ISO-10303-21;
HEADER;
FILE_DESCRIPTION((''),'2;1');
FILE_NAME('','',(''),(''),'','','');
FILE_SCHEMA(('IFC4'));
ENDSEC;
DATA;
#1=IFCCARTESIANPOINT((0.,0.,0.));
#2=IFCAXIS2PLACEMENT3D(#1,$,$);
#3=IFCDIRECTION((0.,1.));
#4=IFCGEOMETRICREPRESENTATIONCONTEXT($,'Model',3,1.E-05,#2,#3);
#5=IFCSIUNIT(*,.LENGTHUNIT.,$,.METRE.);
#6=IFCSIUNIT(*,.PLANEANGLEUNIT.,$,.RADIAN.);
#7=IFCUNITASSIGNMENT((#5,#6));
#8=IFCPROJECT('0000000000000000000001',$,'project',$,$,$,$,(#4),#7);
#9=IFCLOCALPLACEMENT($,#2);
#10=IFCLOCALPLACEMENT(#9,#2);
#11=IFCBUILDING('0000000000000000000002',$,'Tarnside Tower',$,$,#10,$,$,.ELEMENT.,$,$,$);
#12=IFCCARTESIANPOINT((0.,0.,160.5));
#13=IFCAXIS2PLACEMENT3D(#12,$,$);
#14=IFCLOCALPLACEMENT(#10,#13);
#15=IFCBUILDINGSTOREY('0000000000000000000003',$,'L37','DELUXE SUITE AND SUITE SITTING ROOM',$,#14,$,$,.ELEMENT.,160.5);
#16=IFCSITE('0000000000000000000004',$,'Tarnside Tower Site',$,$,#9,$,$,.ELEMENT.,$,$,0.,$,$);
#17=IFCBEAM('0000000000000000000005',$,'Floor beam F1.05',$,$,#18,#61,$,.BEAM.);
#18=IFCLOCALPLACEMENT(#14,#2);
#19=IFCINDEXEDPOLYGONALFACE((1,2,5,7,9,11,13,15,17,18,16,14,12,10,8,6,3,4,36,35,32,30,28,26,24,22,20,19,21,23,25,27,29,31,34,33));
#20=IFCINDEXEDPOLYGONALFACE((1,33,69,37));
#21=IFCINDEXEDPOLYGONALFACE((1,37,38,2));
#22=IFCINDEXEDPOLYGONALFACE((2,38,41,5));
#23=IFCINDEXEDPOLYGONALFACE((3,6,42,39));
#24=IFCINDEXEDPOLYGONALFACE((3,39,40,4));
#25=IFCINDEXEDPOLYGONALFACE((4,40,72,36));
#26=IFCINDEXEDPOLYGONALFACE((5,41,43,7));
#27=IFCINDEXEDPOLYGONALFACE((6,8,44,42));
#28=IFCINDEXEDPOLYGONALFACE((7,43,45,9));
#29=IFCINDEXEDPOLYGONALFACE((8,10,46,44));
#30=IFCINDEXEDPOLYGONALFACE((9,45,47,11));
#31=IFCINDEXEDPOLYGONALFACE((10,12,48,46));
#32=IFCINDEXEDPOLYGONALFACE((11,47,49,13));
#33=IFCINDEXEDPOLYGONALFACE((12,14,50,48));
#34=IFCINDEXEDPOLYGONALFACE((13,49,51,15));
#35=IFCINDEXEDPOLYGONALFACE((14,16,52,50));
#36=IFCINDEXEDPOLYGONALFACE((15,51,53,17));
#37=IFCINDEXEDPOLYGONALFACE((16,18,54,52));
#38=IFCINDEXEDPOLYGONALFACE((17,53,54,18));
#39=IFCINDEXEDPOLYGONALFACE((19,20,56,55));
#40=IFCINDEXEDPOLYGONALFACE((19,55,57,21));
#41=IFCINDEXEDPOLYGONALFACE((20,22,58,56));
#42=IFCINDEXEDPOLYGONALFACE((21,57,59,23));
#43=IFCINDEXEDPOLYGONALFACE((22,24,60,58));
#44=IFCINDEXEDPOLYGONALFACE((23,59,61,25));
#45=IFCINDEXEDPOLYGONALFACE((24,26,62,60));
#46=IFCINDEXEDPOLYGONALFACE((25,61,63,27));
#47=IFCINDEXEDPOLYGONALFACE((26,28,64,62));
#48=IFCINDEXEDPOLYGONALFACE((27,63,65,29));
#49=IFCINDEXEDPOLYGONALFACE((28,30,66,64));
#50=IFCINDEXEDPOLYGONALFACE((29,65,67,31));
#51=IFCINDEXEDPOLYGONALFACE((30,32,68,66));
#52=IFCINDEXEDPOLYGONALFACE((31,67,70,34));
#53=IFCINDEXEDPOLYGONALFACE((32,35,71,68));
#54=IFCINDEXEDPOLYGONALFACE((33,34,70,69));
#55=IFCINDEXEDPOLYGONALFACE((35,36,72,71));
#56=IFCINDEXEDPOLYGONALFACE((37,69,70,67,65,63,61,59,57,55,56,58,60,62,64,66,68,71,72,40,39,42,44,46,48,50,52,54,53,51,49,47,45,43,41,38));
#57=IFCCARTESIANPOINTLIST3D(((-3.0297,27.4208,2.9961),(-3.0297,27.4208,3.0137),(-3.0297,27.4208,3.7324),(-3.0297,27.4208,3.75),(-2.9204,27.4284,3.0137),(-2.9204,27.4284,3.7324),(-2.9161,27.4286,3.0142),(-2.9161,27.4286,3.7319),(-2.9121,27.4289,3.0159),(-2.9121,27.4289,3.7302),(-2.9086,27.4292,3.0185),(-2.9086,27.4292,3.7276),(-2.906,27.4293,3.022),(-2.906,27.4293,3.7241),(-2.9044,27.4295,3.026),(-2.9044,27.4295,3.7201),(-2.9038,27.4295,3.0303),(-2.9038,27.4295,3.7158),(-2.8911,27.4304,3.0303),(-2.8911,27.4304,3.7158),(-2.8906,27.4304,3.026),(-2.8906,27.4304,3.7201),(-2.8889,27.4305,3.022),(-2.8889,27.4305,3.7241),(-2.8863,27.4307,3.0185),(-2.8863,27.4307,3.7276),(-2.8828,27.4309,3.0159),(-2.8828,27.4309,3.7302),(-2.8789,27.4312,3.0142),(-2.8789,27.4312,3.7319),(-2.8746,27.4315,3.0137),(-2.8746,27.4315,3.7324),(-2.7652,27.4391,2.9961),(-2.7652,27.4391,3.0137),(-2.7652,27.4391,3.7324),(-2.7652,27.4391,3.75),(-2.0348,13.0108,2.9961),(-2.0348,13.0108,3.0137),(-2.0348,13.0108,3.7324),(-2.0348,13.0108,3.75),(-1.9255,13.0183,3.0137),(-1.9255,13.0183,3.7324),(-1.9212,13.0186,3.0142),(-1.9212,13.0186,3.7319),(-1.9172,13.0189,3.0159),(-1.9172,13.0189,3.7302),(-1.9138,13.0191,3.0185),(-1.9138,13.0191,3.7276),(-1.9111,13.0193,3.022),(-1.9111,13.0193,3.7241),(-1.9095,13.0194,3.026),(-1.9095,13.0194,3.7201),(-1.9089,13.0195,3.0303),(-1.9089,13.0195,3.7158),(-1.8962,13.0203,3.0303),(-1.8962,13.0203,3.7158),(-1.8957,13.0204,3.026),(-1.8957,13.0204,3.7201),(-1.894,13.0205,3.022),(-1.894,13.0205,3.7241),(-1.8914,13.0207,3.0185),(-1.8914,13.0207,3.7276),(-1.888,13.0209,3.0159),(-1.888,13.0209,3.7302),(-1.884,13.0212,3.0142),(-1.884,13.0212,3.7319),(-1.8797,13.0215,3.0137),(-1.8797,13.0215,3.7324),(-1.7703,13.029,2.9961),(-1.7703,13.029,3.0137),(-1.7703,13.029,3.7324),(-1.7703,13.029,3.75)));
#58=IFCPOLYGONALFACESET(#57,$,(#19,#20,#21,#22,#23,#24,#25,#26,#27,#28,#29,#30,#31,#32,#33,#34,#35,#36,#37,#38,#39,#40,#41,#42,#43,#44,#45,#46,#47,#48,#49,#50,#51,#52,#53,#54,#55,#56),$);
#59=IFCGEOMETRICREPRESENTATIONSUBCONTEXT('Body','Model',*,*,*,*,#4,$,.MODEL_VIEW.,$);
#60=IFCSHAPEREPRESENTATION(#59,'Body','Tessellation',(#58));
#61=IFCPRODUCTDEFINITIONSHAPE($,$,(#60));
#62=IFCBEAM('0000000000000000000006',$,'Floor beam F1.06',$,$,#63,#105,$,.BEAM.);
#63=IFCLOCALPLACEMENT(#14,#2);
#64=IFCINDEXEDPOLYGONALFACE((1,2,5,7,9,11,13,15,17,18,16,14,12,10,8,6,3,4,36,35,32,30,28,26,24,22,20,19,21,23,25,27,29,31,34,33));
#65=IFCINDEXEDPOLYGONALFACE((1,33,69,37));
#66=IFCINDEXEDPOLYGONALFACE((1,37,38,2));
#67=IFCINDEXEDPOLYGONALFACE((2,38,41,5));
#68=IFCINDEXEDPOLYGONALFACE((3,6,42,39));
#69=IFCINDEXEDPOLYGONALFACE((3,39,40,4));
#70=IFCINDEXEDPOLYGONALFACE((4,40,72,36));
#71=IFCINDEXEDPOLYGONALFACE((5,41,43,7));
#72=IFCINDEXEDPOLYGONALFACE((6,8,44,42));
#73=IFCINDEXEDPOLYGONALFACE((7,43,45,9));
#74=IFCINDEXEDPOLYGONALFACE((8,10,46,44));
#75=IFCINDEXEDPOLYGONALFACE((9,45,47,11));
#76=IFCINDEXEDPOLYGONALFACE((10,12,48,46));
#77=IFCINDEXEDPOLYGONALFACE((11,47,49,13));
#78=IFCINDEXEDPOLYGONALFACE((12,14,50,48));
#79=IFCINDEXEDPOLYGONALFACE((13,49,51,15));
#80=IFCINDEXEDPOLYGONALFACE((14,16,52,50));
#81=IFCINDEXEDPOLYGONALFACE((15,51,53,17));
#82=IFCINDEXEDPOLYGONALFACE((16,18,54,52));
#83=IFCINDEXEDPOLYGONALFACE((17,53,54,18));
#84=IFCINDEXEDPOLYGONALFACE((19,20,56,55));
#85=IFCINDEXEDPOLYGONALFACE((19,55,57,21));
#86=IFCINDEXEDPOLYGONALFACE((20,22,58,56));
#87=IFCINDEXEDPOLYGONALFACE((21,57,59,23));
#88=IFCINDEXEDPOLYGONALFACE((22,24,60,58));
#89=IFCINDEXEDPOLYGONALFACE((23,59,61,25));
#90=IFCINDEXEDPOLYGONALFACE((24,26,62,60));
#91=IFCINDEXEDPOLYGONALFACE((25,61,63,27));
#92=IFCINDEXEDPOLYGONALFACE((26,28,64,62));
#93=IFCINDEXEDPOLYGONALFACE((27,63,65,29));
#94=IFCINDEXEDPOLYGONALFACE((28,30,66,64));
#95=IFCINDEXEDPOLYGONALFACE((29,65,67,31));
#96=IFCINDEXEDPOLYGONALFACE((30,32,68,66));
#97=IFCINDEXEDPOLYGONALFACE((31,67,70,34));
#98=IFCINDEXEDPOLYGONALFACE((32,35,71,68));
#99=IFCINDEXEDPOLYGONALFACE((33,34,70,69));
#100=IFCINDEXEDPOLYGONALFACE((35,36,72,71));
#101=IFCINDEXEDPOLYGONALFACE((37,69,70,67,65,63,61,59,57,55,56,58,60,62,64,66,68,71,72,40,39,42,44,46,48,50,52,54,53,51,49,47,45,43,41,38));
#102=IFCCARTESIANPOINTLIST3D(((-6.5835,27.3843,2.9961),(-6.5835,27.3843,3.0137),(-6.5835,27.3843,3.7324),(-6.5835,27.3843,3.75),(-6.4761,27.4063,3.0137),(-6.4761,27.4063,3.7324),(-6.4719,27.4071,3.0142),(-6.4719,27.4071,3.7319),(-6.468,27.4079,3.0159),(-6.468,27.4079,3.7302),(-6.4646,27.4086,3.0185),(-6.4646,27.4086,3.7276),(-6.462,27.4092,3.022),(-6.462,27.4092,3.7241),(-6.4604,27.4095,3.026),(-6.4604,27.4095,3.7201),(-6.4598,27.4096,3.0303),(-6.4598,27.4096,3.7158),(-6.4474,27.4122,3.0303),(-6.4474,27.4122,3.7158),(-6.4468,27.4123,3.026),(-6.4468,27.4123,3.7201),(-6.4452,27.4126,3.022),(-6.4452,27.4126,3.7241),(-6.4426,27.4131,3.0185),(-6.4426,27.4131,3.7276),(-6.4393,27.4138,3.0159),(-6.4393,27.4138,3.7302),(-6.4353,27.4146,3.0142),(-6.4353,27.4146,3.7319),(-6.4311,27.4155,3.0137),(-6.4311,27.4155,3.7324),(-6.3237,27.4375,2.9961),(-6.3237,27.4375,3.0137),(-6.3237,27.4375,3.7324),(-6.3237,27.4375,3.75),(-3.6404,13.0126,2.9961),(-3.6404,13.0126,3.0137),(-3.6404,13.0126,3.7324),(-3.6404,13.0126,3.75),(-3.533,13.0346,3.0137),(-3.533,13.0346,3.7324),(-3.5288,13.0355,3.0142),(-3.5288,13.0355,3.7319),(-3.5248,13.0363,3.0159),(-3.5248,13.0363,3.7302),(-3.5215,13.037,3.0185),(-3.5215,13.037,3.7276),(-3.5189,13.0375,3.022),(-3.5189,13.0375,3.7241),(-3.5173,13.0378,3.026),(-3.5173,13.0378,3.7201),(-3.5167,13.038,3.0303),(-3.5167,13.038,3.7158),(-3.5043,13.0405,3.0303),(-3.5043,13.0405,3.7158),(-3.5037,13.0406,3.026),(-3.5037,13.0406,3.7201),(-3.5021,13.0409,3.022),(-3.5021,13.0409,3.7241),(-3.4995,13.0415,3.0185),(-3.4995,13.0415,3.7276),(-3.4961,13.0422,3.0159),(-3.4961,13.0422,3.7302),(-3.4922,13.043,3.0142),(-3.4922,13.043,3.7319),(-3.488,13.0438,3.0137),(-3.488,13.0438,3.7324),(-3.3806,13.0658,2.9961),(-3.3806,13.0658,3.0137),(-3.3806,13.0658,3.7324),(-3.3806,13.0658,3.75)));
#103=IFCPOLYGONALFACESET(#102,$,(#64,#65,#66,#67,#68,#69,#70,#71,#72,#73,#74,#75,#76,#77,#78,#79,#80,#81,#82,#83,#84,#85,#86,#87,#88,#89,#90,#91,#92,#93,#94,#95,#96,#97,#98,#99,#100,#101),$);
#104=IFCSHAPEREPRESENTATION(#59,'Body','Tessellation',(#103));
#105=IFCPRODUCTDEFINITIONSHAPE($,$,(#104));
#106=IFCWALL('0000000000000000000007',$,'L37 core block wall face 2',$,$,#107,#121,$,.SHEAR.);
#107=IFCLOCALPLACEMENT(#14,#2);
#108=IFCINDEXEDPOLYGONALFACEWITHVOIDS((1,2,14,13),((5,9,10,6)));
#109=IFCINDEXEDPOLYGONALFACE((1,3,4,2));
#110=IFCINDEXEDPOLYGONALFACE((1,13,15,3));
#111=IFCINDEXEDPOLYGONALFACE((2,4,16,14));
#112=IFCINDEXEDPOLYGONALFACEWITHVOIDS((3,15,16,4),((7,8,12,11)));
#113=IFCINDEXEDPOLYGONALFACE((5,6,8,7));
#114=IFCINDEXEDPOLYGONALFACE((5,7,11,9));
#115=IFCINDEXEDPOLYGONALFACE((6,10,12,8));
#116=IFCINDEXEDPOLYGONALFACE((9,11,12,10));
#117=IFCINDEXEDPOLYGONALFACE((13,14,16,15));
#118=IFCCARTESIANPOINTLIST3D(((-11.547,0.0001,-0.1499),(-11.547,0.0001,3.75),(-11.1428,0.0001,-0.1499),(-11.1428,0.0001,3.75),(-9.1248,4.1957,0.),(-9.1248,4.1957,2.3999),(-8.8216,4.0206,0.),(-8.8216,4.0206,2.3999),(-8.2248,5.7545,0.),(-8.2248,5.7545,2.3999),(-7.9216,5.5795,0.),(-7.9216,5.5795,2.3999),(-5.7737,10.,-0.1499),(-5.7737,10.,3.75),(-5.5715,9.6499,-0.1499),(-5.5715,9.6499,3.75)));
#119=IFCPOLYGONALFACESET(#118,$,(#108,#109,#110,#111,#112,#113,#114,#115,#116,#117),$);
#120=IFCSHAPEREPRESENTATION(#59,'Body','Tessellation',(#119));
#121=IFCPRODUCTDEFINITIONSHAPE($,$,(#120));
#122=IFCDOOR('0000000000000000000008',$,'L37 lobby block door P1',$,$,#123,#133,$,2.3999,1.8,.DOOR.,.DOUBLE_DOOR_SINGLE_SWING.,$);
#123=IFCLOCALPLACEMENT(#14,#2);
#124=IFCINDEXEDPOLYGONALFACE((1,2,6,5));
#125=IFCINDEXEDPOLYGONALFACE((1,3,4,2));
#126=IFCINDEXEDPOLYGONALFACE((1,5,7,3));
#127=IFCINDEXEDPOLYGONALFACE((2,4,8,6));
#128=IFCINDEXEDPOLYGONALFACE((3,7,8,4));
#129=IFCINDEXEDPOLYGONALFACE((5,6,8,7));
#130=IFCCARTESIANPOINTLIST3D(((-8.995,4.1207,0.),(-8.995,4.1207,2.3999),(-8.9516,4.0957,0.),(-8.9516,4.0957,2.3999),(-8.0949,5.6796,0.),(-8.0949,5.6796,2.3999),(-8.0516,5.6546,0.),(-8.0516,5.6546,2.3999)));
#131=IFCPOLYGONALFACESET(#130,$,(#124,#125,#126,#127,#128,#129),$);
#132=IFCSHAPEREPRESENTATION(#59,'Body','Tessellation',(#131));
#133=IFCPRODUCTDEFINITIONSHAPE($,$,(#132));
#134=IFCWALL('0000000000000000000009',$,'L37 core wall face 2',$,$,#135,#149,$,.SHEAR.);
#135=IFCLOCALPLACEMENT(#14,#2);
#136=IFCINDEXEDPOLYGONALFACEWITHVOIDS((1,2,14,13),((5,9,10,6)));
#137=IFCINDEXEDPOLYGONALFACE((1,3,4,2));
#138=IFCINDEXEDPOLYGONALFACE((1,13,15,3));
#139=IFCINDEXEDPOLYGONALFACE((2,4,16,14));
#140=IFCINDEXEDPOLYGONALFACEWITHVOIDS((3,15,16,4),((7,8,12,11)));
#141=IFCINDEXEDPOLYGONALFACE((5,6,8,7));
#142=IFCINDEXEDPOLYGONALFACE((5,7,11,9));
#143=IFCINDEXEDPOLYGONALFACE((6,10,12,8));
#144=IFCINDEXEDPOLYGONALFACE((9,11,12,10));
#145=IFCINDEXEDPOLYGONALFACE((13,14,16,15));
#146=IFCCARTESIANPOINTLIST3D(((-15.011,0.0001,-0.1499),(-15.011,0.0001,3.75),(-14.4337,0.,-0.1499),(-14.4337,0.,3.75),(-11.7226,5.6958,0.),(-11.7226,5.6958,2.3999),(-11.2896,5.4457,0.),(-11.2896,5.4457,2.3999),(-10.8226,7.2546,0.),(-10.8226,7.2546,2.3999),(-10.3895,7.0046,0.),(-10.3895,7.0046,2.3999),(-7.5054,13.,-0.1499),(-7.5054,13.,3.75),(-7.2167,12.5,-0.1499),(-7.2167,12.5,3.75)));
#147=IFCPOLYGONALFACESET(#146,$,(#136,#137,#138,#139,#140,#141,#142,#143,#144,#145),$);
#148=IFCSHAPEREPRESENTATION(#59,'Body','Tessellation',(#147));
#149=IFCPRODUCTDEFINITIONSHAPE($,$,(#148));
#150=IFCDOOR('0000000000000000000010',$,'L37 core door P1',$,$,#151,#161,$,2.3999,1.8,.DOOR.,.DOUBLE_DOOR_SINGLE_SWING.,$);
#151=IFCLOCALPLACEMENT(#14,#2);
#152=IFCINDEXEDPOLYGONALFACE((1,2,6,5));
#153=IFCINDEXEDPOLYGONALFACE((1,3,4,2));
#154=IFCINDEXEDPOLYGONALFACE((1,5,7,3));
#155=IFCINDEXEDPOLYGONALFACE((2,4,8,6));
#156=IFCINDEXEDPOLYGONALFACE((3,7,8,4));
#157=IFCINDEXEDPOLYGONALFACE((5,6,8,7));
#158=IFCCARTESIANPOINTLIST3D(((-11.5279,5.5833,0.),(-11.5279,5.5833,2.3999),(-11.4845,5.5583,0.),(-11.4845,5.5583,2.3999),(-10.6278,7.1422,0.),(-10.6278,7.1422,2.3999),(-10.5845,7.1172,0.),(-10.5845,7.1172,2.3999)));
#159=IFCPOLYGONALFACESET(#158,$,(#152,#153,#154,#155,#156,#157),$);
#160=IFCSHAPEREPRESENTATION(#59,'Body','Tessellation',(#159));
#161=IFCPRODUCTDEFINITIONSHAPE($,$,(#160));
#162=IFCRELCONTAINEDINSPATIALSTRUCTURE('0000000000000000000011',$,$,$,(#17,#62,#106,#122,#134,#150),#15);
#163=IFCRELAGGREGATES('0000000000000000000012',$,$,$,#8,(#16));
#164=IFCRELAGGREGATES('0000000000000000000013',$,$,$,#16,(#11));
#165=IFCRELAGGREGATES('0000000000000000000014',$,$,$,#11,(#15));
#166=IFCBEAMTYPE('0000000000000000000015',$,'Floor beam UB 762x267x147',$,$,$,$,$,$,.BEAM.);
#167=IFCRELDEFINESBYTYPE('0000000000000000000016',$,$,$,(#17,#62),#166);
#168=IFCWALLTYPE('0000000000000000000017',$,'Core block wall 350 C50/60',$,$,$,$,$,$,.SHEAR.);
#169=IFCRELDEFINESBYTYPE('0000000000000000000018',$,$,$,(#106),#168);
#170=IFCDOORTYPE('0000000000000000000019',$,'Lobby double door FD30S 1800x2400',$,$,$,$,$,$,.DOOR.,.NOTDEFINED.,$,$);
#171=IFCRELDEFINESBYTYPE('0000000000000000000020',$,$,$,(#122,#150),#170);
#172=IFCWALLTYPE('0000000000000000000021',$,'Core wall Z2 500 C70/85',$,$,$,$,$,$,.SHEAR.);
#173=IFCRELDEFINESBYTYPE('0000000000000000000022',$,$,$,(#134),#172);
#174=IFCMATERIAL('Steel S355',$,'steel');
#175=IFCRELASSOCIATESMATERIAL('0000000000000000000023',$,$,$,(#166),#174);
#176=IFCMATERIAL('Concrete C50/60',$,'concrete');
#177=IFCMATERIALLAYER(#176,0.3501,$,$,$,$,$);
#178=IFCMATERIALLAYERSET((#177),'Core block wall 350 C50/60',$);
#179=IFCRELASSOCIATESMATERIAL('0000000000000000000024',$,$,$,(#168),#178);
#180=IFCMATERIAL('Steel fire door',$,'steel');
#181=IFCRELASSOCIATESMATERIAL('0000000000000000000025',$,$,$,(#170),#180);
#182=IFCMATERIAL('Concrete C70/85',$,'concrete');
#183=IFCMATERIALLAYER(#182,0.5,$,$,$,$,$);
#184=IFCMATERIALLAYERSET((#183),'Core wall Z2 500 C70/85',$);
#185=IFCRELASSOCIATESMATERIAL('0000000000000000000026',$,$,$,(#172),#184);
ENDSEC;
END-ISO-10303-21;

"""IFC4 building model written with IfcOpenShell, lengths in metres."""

from ifc_helpers import new_model, si_unit, direction, frame, frame_2d, origin, origin_2d, place, context, subcontext, project, spatial, polyline, rectangle, i_section, outline, extrude, material, layer, layer_set, material_profile, profile_set, type_object, element, fill, save


model = new_model("IFC4")

# Units and contexts
model_context = context("Model", 3, precision=1e-05, world=origin(), true_north=direction((0.0, 1.0)))
body_context = subcontext(model_context, "Body", "Model", "MODEL_VIEW")
ifc_project = project(units=[si_unit("LENGTHUNIT", "METRE"), si_unit("PLANEANGLEUNIT", "RADIAN")], contexts=[model_context])

# Site, building, storey
site_placement = place(None, origin())
site = spatial("IfcSite", under=ifc_project, at=site_placement, Name="Tarnside Tower Site", CompositionType="ELEMENT", RefElevation=0.0)
building_placement = place(site_placement, origin())
building = spatial("IfcBuilding", under=site, at=building_placement, Name="Tarnside Tower", CompositionType="ELEMENT")
storey_placement = place(building_placement, frame((0.0, 0.0, 160.5)))
storey = spatial("IfcBuildingStorey", under=building, at=storey_placement, Name="L37", Description="DELUXE SUITE AND SUITE SITTING ROOM", CompositionType="ELEMENT", Elevation=160.5)

# Beams
ifc_material_1 = material(Name="Steel S355", Category="steel")
ifc_material_profile = material_profile(ifc_material_1, i_section(OverallWidth=0.2651, OverallDepth=0.7539, WebThickness=0.0127, FlangeThickness=0.0176, FilletRadius=0.0166, at=origin_2d()), Name="UB 762x267x147")
ifc_profile_set = profile_set([ifc_material_profile], Name="Steel S355")
beam_type = type_object("IfcBeamType", Name="Floor beam UB 762x267x147", PredefinedType="BEAM", material=ifc_profile_set)
beam_1_placement = place(storey_placement, frame((-2.8975, 27.4299, 3.373), z_axis=(0.068877, -0.997625, 0.0), x_axis=(0.997625, 0.068877, 0.0)))
element("IfcBeam", 1, at=beam_1_placement, inside=storey, type_object=beam_type, Name="Floor beam F1.05", PredefinedType="BEAM", context=body_context, shape_type="SweptSolid", body=[
    extrude(i_section(OverallWidth=0.2651, OverallDepth=0.7539, WebThickness=0.0127, FlangeThickness=0.0176, FilletRadius=0.0166, at=origin_2d()), origin(), (0.0, 0.0, 1.0), 14.4443),
])
beam_2_placement = place(storey_placement, frame((-6.4536, 27.4109, 3.373), z_axis=(0.200623, -0.979668, 0.0), x_axis=(0.979668, 0.200623, 0.0)))
element("IfcBeam", 2, at=beam_2_placement, inside=storey, type_object=beam_type, Name="Floor beam F1.06", PredefinedType="BEAM", context=body_context, shape_type="SweptSolid", body=[
    extrude(i_section(OverallWidth=0.2651, OverallDepth=0.7539, WebThickness=0.0127, FlangeThickness=0.0176, FilletRadius=0.0166, at=origin_2d()), origin(), (0.0, 0.0, 1.0), 14.6699),
])

# Walls, openings, doors
ifc_material_2 = material(Name="Concrete C50/60", Category="concrete")
ifc_layer_1 = layer(ifc_material_2, 0.3501)
ifc_layer_set_1 = layer_set([ifc_layer_1], Name="Core block wall 350 C50/60")
wall_type_1 = type_object("IfcWallType", Name="Core block wall 350 C50/60", PredefinedType="SHEAR", material=ifc_layer_set_1)
wall_1_placement = place(storey_placement, frame((-5.6726, 9.825, -0.1499), z_axis=(0.0, 0.0, 1.0), x_axis=(-0.499995, -0.866028, 0.0)))
wall_1 = element("IfcWall", 3, at=wall_1_placement, inside=storey, type_object=wall_type_1, Name="L37 core block wall face 2", PredefinedType="SHEAR", context=body_context, shape_type="SweptSolid", body=[
    extrude(outline(polyline([(-0.1011, -0.175), (11.4458, -0.175), (11.2437, 0.175), (0.1011, 0.175), (-0.1011, -0.175)])), origin(), (0.0, 0.0, 1.0), 3.8999),
])
opening_1_placement = place(wall_1_placement, frame((4.8013, 0.0, 0.1499)))
opening_1 = element("IfcOpeningElement", 4, at=opening_1_placement, cuts=wall_1, PredefinedType="OPENING", context=body_context, shape_type="SweptSolid", body=[
    extrude(rectangle(XDim=1.8, YDim=2.3999, at=frame_2d((0.8999, 1.2))), frame((0.0, 0.1851, 0.0), z_axis=(0.0, -1.0, 0.0), x_axis=(1.0, 0.0, 0.0)), (0.0, 0.0, 1.0), 0.3701),
])
ifc_material_3 = material(Name="Steel fire door", Category="steel")
door_type_1 = type_object("IfcDoorType", Name="Lobby double door FD30S 1800x2400", OperationType="NOTDEFINED", PredefinedType="DOOR", material=ifc_material_3)
door_1_placement = place(opening_1_placement, origin())
door_1 = element("IfcDoor", 5, at=door_1_placement, inside=storey, type_object=door_type_1, Name="L37 lobby block door P1", OperationType="DOUBLE_DOOR_SINGLE_SWING", OverallHeight=2.3999, OverallWidth=1.8, PredefinedType="DOOR", context=body_context, shape_type="SweptSolid", body=[
    extrude(rectangle(XDim=1.8, YDim=2.3999, at=frame_2d((0.8999, 1.2))), frame((0.0, 0.0249, 0.0), z_axis=(0.0, -1.0, 0.0), x_axis=(1.0, 0.0, 0.0)), (0.0, 0.0, 1.0), 0.05),
])
fill(opening_1, door_1)
ifc_material_4 = material(Name="Concrete C70/85", Category="concrete")
ifc_layer_2 = layer(ifc_material_4, 0.5)
ifc_layer_set_2 = layer_set([ifc_layer_2], Name="Core wall Z2 500 C70/85")
wall_type_2 = type_object("IfcWallType", Name="Core wall Z2 500 C70/85", PredefinedType="SHEAR", material=ifc_layer_set_2)
wall_2_placement = place(storey_placement, frame((-7.3611, 12.75, -0.1499), z_axis=(0.0, 0.0, 1.0), x_axis=(-0.500006, -0.866022, 0.0)))
wall_2 = element("IfcWall", 6, at=wall_2_placement, inside=storey, type_object=wall_type_2, Name="L37 core wall face 2", PredefinedType="SHEAR", context=body_context, shape_type="SweptSolid", body=[
    extrude(outline(polyline([(-0.1443, -0.25), (14.8667, -0.25), (14.5781, 0.25), (0.1443, 0.25), (-0.1443, -0.25)])), origin(), (0.0, 0.0, 1.0), 3.8999),
])
opening_2_placement = place(wall_2_placement, frame((6.49, 0.0, 0.1499)))
opening_2 = element("IfcOpeningElement", 7, at=opening_2_placement, cuts=wall_2, PredefinedType="OPENING", context=body_context, shape_type="SweptSolid", body=[
    extrude(rectangle(XDim=1.8, YDim=2.3999, at=frame_2d((0.8999, 1.2))), frame((0.0, 0.26, 0.0), z_axis=(0.0, -1.0, 0.0), x_axis=(1.0, 0.0, 0.0)), (0.0, 0.0, 1.0), 0.52),
])
door_2_placement = place(opening_2_placement, origin())
door_2 = element("IfcDoor", 8, at=door_2_placement, inside=storey, type_object=door_type_1, Name="L37 core door P1", OperationType="DOUBLE_DOOR_SINGLE_SWING", OverallHeight=2.3999, OverallWidth=1.8, PredefinedType="DOOR", context=body_context, shape_type="SweptSolid", body=[
    extrude(rectangle(XDim=1.8, YDim=2.3999, at=frame_2d((0.8999, 1.2))), frame((0.0, 0.0249, 0.0), z_axis=(0.0, -1.0, 0.0), x_axis=(1.0, 0.0, 0.0)), (0.0, 0.0, 1.0), 0.05),
])
fill(opening_2, door_2)

save(model, "model.ifc")
